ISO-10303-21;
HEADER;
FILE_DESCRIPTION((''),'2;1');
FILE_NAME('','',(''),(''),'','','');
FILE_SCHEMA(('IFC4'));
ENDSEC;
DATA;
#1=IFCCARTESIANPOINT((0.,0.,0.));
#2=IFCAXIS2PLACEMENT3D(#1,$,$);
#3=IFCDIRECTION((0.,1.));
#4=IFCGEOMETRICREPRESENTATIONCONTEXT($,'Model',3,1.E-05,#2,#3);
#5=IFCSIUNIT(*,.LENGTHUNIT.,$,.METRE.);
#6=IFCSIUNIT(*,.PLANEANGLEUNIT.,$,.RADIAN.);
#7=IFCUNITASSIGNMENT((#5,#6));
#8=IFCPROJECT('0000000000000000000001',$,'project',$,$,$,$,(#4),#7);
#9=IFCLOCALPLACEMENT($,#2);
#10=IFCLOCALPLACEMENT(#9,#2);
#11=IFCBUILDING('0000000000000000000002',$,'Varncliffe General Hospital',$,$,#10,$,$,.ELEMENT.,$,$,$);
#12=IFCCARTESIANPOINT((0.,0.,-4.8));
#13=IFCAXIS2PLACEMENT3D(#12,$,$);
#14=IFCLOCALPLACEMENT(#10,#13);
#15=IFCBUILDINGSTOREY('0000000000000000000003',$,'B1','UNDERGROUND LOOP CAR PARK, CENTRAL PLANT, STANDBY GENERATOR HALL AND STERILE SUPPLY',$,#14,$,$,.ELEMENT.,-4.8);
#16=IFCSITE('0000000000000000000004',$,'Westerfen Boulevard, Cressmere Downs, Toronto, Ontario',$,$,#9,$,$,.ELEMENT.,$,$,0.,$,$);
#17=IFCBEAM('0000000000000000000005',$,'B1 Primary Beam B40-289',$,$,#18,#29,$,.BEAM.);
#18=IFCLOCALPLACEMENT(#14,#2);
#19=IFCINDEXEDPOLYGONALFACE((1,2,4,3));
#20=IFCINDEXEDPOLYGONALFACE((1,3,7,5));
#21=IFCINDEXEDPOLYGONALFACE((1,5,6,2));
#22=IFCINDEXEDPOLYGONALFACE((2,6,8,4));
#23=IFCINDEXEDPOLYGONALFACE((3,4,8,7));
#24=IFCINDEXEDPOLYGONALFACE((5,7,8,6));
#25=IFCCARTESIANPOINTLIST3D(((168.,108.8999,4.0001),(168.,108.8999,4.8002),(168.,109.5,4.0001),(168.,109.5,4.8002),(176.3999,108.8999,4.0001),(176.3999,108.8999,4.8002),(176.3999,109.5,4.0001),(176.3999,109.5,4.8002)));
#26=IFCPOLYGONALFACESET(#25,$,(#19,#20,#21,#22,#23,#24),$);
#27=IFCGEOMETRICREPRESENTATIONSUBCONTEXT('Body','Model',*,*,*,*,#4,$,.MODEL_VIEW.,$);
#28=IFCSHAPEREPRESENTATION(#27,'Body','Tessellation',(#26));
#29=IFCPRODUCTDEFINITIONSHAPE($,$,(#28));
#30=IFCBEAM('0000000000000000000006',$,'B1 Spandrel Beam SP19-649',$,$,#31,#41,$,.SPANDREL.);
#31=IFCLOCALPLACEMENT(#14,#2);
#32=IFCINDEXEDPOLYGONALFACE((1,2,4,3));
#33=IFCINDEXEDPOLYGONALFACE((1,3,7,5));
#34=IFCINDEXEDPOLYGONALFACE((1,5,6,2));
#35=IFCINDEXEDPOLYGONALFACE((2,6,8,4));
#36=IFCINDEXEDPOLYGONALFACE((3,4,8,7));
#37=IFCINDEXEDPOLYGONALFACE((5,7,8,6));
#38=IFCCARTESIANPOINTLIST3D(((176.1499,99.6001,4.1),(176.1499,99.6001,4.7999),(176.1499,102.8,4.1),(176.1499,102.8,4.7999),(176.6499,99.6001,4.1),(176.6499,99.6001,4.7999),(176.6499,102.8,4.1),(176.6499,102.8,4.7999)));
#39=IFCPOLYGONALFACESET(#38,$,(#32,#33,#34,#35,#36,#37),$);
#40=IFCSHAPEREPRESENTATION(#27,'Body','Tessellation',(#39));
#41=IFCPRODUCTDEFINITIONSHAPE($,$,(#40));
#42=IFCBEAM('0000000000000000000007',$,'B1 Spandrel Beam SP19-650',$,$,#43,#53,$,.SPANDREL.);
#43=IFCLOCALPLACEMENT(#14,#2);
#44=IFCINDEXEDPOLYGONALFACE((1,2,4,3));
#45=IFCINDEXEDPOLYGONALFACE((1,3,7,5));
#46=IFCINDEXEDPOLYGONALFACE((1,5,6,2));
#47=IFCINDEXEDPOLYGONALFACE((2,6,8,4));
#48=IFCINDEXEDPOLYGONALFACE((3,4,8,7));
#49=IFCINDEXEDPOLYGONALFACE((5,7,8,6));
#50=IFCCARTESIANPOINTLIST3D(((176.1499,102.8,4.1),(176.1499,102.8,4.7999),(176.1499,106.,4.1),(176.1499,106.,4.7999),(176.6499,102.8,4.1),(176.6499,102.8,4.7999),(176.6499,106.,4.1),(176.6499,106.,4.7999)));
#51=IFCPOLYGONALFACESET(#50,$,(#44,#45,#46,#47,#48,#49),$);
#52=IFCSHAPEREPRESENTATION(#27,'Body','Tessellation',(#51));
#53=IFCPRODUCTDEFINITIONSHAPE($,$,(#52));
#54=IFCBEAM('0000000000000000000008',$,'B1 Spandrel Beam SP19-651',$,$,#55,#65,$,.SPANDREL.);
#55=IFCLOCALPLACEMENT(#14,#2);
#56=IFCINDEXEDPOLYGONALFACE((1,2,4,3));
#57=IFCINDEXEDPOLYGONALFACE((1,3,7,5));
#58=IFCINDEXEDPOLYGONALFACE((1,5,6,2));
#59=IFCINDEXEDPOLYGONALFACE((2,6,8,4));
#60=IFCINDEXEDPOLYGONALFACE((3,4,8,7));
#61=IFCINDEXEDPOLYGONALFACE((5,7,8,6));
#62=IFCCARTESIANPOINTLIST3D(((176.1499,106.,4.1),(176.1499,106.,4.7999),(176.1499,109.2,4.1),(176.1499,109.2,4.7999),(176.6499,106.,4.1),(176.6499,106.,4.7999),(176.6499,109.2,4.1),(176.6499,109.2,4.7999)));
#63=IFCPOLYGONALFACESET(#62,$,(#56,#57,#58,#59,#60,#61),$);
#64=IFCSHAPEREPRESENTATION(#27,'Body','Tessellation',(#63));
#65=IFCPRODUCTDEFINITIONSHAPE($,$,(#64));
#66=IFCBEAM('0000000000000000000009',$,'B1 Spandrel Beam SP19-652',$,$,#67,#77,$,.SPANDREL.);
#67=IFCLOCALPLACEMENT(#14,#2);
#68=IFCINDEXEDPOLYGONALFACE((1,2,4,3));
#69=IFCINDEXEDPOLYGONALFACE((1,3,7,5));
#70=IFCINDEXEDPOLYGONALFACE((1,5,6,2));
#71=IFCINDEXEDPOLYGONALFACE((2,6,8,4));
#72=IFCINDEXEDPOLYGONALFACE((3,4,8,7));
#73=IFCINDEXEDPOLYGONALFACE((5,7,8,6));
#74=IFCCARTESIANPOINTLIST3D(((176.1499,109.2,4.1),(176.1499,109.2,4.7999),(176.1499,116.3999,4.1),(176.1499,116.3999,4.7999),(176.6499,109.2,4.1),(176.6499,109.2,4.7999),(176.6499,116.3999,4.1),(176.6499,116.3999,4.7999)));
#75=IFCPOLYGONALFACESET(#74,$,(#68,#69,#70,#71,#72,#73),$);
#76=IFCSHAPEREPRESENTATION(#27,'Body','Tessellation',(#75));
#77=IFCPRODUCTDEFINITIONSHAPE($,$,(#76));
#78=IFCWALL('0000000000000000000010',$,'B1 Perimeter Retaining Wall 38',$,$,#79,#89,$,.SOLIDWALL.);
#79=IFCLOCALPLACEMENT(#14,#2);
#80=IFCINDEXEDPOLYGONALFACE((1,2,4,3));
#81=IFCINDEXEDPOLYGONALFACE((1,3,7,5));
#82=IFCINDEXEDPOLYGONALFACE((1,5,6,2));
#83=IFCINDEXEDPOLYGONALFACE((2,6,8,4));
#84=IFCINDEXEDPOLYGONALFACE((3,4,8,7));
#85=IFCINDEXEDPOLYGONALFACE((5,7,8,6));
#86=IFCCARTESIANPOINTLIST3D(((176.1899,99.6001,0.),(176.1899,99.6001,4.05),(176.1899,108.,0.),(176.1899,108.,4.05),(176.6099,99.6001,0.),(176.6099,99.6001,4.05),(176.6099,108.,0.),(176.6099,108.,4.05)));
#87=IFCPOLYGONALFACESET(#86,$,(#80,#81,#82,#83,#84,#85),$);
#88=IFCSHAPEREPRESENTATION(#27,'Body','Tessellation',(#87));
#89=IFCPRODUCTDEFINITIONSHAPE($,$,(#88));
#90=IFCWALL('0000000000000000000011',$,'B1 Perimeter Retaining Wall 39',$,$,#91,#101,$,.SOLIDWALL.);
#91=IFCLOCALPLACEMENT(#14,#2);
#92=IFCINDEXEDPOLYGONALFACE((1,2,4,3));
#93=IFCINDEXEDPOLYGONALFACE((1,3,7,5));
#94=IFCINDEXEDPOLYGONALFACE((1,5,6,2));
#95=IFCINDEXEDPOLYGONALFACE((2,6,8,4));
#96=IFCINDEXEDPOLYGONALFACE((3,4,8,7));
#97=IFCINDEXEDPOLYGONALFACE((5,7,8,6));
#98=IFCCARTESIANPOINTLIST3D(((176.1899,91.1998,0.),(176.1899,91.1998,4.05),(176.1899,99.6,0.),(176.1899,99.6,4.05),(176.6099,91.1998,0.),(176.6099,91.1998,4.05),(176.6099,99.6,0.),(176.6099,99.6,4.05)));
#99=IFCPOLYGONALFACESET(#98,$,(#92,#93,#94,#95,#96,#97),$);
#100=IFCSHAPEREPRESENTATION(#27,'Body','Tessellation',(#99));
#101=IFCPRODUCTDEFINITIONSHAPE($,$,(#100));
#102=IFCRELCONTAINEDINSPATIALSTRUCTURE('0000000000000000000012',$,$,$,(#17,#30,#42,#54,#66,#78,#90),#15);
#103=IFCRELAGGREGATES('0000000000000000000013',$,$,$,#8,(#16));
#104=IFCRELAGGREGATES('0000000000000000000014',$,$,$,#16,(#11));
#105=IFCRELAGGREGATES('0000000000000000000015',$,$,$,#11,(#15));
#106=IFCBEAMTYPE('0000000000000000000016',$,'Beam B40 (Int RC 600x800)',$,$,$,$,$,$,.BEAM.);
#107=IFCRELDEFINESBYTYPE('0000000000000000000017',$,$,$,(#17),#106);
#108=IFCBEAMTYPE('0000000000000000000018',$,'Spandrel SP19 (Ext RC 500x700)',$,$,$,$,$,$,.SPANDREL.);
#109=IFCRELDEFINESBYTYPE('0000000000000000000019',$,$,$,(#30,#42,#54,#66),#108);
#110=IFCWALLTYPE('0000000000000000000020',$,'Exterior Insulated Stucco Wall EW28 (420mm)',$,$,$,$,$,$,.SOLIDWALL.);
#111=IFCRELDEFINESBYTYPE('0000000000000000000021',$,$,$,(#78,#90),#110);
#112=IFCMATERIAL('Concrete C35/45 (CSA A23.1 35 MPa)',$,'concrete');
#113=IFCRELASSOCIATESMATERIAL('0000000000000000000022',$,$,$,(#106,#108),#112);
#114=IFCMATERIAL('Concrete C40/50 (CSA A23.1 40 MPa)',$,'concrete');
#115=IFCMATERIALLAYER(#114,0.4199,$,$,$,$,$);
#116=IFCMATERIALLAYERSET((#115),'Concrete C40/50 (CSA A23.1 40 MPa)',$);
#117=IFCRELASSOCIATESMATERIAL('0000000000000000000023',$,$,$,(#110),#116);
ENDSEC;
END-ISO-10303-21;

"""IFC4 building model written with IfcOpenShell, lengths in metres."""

from ifc_helpers import new_model, si_unit, direction, frame, frame_2d, origin, origin_2d, place, context, subcontext, project, spatial, rectangle, extrude, material, layer, layer_set, material_profile, profile_set, type_object, element, save


model = new_model("IFC4")

# Units and contexts
model_context = context("Model", 3, precision=1e-05, world=origin(), true_north=direction((0.0, 1.0)))
body_context = subcontext(model_context, "Body", "Model", "MODEL_VIEW")
ifc_project = project(units=[si_unit("LENGTHUNIT", "METRE"), si_unit("PLANEANGLEUNIT", "RADIAN")], contexts=[model_context])

# Site, building, storey
site_placement = place(None, origin())
site = spatial("IfcSite", under=ifc_project, at=site_placement, Name="Westerfen Boulevard, Cressmere Downs, Toronto, Ontario", CompositionType="ELEMENT", RefElevation=0.0)
building_placement = place(site_placement, origin())
building = spatial("IfcBuilding", under=site, at=building_placement, Name="Varncliffe General Hospital", CompositionType="ELEMENT")
storey_placement = place(building_placement, frame((0.0, 0.0, -4.8)))
storey = spatial("IfcBuildingStorey", under=building, at=storey_placement, Name="B1", Description="UNDERGROUND LOOP CAR PARK, CENTRAL PLANT, STANDBY GENERATOR HALL AND STERILE SUPPLY", CompositionType="ELEMENT", Elevation=-4.8)

# Shared definitions
ifc_material_1 = material(Name="Concrete C40/50 (CSA A23.1 40 MPa)", Category="concrete")

# Beams
ifc_material_2 = material(Name="Concrete C35/45 (CSA A23.1 35 MPa)", Category="concrete")
ifc_material_profile_1 = material_profile(ifc_material_2, rectangle(XDim=0.6001, YDim=0.8, at=origin_2d()), Name="RC 600x800")
ifc_profile_set_1 = profile_set([ifc_material_profile_1], Name="Concrete C35/45 (CSA A23.1 35 MPa)")
beam_type_1 = type_object("IfcBeamType", Name="Beam B40 (Int RC 600x800)", PredefinedType="BEAM", material=ifc_profile_set_1)
beam_1_placement = place(storey_placement, frame((168.0, 109.2, 4.4001), z_axis=(1.0, 0.0, 0.0), x_axis=(0.0, 1.0, 0.0)))
element("IfcBeam", 1, at=beam_1_placement, inside=storey, type_object=beam_type_1, Name="B1 Primary Beam B40-289", PredefinedType="BEAM", context=body_context, shape_type="SweptSolid", body=[
    extrude(rectangle(XDim=0.6001, YDim=0.8, at=origin_2d()), origin(), (0.0, 0.0, 1.0), 8.3999),
])
ifc_material_profile_2 = material_profile(ifc_material_2, rectangle(XDim=0.5, YDim=0.7, at=origin_2d()), Name="RC 500x700")
ifc_profile_set_2 = profile_set([ifc_material_profile_2], Name="Concrete C35/45 (CSA A23.1 35 MPa)")
beam_type_2 = type_object("IfcBeamType", Name="Spandrel SP19 (Ext RC 500x700)", PredefinedType="SPANDREL", material=ifc_profile_set_2)
for number, where, z_axis, x_axis, name in (
    (2, (176.3999, 99.6001, 4.45), (0.0, 1.0, 0.0), (-1.0, 0.0, 0.0), "B1 Spandrel Beam SP19-649"),
    (3, (176.3999, 102.8, 4.45), (0.0, 1.0, 0.0), (-1.0, 0.0, 0.0), "B1 Spandrel Beam SP19-650"),
    (4, (176.3999, 106.0, 4.45), (0.0, 1.0, 0.0), (-1.0, 0.0, 0.0), "B1 Spandrel Beam SP19-651"),
):
    element("IfcBeam", number, at=place(storey_placement, frame(where, z_axis=z_axis, x_axis=x_axis)), inside=storey, type_object=beam_type_2, Name=name, PredefinedType="SPANDREL", context=body_context, shape_type="SweptSolid", body=[
        extrude(rectangle(XDim=0.5, YDim=0.7, at=origin_2d()), origin(), (0.0, 0.0, 1.0), 3.2),
    ])
beam_2_placement = place(storey_placement, frame((176.3999, 109.2, 4.45), z_axis=(0.0, 1.0, 0.0), x_axis=(-1.0, 0.0, 0.0)))
element("IfcBeam", 5, at=beam_2_placement, inside=storey, type_object=beam_type_2, Name="B1 Spandrel Beam SP19-652", PredefinedType="SPANDREL", context=body_context, shape_type="SweptSolid", body=[
    extrude(rectangle(XDim=0.5, YDim=0.7, at=origin_2d()), origin(), (0.0, 0.0, 1.0), 7.2),
])

# Walls
ifc_layer = layer(ifc_material_1, 0.4199)
ifc_layer_set = layer_set([ifc_layer], Name="Concrete C40/50 (CSA A23.1 40 MPa)")
wall_type = type_object("IfcWallType", Name="Exterior Insulated Stucco Wall EW28 (420mm)", PredefinedType="SOLIDWALL", material=ifc_layer_set)
wall_1_placement = place(storey_placement, frame((176.3999, 108.0, 0.0), z_axis=(0.0, 0.0, 1.0), x_axis=(0.0, -1.0, 0.0)))
element("IfcWall", 6, at=wall_1_placement, inside=storey, type_object=wall_type, Name="B1 Perimeter Retaining Wall 38", PredefinedType="SOLIDWALL", context=body_context, shape_type="SweptSolid", body=[
    extrude(rectangle(XDim=8.3999, YDim=0.4199, at=frame_2d((4.2, 0.0))), origin(), (0.0, 0.0, 1.0), 4.05),
])
wall_2_placement = place(storey_placement, frame((176.3999, 99.6001, 0.0), z_axis=(0.0, 0.0, 1.0), x_axis=(0.0, -1.0, 0.0)))
element("IfcWall", 7, at=wall_2_placement, inside=storey, type_object=wall_type, Name="B1 Perimeter Retaining Wall 39", PredefinedType="SOLIDWALL", context=body_context, shape_type="SweptSolid", body=[
    extrude(rectangle(XDim=8.4001, YDim=0.4199, at=frame_2d((4.2002, 0.0))), origin(), (0.0, 0.0, 1.0), 4.05),
])

save(model, "model.ifc")
